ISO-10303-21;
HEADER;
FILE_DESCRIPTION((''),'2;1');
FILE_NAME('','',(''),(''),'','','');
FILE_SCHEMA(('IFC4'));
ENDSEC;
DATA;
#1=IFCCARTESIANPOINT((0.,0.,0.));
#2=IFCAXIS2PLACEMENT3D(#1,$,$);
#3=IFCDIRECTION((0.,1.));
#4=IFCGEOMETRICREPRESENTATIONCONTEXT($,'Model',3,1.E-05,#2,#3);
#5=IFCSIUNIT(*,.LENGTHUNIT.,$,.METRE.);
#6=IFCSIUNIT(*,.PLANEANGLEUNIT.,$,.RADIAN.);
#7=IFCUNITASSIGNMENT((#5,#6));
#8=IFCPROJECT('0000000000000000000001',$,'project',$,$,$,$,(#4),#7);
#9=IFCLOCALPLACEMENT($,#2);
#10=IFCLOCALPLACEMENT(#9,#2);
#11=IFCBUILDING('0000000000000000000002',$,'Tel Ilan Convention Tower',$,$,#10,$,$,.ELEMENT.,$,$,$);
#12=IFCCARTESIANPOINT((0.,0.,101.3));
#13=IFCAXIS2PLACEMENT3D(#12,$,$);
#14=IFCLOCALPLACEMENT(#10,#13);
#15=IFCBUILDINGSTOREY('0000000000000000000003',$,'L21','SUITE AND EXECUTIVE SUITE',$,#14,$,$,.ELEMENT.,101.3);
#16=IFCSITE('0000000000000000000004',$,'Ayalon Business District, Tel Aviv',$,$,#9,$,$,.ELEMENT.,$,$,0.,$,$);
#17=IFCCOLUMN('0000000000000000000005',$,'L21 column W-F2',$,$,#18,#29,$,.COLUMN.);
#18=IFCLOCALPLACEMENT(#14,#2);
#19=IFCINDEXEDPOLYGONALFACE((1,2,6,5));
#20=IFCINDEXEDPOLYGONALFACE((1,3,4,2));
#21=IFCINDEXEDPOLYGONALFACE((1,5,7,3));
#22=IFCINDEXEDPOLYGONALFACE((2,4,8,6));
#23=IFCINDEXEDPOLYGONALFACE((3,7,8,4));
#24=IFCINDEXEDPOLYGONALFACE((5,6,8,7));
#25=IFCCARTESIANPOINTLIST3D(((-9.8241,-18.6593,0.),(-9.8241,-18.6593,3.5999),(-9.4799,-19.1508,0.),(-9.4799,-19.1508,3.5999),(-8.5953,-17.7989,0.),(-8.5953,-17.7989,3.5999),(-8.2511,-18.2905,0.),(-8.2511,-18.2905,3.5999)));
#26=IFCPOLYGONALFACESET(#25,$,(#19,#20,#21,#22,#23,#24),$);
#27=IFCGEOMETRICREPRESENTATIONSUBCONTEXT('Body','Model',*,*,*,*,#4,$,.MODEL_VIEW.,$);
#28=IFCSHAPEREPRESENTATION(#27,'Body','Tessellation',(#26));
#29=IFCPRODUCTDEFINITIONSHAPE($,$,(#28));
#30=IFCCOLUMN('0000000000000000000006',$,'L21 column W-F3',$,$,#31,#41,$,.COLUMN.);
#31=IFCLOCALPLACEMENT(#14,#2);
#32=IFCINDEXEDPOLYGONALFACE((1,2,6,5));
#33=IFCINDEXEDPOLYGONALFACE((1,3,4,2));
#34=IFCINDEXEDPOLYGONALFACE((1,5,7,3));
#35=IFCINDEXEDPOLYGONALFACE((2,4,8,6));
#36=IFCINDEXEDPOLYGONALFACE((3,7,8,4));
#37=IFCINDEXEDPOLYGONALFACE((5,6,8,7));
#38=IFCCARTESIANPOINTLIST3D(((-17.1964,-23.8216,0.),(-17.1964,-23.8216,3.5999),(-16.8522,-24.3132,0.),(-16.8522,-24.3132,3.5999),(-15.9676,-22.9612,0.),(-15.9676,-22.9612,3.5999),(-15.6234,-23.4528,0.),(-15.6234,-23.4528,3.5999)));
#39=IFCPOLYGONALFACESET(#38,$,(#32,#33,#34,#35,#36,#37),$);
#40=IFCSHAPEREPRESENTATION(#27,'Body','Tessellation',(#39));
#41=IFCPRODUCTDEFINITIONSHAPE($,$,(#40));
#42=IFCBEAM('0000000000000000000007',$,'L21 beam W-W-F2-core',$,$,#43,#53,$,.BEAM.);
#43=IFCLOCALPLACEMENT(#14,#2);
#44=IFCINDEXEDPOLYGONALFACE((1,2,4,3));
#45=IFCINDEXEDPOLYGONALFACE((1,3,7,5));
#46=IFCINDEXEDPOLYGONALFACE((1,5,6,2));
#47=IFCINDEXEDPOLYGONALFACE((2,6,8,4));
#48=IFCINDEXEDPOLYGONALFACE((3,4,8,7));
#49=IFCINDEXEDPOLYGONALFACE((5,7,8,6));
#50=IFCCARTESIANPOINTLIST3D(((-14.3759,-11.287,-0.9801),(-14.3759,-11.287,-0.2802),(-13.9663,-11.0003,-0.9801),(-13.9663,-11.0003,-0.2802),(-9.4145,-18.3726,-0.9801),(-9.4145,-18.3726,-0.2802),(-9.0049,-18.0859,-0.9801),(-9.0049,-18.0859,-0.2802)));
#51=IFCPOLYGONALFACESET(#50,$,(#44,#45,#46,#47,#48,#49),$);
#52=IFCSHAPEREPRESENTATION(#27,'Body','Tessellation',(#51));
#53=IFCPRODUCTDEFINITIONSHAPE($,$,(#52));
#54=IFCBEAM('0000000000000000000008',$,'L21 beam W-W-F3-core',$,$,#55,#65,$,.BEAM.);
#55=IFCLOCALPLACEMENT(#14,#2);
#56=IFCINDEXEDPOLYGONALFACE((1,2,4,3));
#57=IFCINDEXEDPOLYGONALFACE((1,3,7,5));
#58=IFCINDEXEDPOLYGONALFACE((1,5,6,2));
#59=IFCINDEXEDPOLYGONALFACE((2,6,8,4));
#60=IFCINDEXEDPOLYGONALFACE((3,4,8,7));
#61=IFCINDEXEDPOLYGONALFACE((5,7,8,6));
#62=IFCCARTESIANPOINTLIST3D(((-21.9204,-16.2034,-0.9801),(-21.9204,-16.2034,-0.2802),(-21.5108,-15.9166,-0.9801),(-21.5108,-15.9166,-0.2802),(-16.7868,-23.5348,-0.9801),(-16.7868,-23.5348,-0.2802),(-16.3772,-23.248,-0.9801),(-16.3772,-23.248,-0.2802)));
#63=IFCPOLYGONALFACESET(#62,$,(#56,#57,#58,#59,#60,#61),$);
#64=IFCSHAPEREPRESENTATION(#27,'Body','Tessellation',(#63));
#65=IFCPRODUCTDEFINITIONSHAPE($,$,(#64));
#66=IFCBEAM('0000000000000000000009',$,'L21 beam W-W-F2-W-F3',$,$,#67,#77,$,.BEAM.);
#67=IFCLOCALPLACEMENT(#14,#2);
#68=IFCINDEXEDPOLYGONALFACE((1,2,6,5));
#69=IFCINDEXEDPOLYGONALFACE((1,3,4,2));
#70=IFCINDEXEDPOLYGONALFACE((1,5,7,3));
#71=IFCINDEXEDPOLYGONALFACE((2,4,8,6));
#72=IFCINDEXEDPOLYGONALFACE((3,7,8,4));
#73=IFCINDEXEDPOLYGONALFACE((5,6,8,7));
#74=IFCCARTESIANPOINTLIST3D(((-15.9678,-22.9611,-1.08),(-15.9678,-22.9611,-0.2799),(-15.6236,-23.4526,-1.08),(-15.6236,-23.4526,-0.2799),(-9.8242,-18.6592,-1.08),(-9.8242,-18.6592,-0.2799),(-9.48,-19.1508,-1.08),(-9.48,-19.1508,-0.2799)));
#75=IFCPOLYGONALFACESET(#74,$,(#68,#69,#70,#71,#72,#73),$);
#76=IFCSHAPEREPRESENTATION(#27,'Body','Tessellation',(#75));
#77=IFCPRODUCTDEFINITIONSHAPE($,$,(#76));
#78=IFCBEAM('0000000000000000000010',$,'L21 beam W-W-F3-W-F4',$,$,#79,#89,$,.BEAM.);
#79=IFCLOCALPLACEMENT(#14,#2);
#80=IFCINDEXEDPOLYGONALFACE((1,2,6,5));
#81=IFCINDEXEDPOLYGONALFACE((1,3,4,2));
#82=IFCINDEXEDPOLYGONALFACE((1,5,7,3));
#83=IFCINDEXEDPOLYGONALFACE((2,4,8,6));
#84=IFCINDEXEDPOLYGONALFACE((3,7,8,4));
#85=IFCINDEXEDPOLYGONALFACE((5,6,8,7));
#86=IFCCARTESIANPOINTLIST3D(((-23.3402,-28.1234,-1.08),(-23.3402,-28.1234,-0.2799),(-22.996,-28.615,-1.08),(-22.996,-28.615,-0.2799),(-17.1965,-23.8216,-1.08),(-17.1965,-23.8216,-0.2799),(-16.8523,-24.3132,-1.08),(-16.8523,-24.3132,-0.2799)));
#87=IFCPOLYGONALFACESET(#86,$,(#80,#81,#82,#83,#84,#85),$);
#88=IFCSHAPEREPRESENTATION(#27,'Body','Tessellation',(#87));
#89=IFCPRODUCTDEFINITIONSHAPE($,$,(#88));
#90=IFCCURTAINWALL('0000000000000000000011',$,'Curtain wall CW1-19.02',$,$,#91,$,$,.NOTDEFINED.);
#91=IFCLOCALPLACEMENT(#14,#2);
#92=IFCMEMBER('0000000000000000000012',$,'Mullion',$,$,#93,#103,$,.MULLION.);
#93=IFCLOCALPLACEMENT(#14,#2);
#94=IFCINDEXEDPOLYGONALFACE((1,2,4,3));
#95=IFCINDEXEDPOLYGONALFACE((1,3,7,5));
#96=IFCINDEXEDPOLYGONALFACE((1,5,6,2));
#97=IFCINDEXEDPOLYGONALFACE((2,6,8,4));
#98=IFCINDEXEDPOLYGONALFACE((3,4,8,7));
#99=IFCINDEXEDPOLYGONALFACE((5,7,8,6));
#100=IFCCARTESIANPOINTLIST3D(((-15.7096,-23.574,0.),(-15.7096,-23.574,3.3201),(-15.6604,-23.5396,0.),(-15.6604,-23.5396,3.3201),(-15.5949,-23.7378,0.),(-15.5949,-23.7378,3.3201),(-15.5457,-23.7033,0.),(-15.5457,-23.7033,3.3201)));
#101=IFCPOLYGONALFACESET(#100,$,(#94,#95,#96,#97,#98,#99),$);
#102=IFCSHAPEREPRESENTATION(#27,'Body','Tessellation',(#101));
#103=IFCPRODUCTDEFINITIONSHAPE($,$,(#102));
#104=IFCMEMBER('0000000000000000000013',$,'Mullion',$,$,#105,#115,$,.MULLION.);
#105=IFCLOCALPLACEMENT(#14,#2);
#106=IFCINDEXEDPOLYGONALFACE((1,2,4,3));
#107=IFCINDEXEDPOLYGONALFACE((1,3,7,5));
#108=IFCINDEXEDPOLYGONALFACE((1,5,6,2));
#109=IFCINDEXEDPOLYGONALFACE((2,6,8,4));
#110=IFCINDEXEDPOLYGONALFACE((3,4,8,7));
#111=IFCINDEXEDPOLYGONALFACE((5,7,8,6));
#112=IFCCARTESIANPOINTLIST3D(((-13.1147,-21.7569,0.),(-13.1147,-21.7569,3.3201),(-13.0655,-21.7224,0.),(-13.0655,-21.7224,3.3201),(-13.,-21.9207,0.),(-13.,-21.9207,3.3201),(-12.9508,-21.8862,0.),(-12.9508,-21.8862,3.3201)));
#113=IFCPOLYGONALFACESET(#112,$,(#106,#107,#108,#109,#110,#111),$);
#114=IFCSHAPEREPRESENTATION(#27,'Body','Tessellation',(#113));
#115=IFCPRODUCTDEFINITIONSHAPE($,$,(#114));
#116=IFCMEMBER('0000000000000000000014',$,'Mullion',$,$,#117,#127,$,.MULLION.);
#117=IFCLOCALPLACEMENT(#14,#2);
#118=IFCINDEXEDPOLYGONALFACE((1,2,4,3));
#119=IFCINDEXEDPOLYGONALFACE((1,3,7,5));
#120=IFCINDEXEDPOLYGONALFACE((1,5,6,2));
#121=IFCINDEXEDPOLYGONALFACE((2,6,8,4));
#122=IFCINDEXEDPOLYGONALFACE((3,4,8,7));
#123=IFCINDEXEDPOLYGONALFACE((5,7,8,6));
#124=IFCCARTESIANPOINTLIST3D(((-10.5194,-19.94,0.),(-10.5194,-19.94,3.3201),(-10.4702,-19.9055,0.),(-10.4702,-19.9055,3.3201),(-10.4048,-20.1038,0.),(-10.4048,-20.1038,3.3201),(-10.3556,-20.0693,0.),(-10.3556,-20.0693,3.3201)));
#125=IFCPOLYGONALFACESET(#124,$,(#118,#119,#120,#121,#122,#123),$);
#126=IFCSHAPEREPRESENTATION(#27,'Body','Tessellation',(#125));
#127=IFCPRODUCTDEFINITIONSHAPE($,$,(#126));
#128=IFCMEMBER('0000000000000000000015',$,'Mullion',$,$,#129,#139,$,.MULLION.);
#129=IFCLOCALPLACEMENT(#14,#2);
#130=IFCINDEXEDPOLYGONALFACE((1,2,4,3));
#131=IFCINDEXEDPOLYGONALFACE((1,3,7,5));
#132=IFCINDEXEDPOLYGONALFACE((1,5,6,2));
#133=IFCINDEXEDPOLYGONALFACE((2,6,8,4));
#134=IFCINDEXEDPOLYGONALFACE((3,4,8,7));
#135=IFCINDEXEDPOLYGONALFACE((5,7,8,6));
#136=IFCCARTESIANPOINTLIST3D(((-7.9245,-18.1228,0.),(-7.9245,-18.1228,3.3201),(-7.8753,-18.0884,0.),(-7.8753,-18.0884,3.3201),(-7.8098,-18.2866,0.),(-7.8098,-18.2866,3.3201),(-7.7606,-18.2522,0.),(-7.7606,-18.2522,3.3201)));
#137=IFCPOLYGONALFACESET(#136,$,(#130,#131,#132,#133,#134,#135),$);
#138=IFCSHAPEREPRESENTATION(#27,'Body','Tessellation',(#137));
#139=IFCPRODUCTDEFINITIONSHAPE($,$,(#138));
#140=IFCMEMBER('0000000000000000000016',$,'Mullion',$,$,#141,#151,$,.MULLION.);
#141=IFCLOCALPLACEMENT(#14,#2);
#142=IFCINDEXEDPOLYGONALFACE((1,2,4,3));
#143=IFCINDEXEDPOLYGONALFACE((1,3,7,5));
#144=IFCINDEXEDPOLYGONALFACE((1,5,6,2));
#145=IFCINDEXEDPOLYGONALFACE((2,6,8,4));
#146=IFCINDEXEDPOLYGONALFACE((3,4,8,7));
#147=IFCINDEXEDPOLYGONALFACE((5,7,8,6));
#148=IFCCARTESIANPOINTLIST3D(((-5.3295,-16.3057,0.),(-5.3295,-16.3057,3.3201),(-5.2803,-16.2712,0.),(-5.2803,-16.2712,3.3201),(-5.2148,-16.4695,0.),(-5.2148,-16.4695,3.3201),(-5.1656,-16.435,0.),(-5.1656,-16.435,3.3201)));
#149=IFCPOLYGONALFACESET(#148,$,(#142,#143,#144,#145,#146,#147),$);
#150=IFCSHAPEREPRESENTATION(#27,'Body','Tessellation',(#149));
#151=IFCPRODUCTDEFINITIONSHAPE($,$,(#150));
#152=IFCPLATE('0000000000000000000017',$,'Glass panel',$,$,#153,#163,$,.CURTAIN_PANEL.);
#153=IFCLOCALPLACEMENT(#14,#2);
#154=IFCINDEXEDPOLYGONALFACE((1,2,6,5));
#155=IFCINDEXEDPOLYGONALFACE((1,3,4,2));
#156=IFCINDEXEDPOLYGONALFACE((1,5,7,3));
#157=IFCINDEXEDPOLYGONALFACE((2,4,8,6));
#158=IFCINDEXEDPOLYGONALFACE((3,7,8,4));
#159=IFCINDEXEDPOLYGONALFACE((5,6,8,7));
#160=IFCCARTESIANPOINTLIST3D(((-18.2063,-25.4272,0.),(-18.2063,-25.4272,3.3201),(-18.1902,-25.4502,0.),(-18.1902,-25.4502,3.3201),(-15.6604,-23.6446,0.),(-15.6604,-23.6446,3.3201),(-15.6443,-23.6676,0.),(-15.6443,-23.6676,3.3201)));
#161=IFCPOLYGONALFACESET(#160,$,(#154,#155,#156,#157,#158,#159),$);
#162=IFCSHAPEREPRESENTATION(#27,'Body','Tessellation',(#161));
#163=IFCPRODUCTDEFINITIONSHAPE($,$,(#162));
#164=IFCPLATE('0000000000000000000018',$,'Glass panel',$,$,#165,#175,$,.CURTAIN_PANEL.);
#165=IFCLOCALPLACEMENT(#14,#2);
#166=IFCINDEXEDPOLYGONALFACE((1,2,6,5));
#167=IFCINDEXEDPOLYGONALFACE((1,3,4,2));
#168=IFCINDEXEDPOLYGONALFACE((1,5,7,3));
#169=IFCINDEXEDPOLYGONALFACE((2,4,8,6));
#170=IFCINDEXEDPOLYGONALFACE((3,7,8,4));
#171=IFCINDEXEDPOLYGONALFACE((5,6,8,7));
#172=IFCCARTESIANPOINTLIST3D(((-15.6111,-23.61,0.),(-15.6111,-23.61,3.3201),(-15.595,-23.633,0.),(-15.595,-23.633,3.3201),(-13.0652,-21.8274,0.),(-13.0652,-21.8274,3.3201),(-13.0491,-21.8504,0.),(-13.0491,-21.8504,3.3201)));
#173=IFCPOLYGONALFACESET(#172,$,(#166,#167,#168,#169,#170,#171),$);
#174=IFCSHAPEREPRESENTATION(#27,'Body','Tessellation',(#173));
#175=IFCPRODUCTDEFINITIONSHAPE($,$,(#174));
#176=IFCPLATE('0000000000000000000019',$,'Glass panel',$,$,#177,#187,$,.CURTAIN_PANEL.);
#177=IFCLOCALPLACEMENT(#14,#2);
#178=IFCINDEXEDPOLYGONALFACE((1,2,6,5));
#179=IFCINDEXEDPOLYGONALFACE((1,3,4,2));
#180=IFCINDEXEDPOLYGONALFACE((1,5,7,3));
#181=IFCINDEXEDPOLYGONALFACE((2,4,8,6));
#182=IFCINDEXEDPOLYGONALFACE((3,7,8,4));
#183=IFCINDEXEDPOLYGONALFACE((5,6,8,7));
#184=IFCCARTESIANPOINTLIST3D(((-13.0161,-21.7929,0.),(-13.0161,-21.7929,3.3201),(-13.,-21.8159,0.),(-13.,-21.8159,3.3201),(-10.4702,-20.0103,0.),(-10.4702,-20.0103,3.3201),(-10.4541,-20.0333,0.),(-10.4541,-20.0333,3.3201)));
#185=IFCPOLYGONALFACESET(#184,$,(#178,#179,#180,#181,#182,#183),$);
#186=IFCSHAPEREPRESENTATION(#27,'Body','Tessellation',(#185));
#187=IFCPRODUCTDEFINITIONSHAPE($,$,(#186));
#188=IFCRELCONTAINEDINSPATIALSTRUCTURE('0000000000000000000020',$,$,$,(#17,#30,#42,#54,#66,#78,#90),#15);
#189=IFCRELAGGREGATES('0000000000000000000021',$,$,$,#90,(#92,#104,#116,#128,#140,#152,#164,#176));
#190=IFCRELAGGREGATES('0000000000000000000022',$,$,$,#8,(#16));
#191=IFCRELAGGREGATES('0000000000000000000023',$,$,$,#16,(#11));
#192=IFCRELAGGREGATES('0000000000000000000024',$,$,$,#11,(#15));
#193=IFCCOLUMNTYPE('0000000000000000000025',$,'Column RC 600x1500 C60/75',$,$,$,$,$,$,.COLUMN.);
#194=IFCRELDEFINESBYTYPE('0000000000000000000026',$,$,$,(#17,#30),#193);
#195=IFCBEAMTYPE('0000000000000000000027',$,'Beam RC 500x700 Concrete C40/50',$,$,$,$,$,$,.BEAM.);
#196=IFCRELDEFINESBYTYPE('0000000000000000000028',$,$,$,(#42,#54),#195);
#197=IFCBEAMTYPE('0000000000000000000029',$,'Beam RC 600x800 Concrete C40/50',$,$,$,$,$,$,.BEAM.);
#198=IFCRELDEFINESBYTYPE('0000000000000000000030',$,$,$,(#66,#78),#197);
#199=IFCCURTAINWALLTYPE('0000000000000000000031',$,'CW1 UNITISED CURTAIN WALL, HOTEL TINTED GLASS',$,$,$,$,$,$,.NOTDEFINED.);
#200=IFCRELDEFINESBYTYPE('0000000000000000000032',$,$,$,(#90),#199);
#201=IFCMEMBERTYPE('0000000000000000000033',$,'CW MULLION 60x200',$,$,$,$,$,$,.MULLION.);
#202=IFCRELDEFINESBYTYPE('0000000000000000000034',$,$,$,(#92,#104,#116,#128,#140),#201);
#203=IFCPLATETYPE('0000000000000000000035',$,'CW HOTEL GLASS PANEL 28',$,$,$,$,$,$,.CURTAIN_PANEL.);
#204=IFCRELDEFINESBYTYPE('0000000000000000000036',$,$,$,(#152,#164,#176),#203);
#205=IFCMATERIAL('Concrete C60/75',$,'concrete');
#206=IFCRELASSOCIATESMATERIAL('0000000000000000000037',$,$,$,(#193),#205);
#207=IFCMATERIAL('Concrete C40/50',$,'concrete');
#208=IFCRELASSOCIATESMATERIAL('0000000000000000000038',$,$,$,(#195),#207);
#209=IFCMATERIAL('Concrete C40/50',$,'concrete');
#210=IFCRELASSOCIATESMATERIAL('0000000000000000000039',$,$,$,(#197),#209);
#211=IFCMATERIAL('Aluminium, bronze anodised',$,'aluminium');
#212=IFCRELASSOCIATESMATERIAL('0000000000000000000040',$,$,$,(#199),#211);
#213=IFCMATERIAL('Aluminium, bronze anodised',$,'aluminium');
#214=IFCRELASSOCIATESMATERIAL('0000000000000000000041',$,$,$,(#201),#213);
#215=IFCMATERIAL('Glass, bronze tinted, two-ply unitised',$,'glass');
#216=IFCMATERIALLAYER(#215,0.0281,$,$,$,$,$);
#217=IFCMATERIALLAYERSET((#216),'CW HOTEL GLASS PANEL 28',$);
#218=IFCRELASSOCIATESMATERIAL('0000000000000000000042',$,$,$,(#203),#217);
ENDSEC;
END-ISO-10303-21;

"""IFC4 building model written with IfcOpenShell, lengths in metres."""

from ifc_helpers import new_model, si_unit, direction, frame, origin, origin_2d, place, context, subcontext, project, spatial, rectangle, extrude, material, layer, layer_set, material_profile, profile_set, type_object, element, aggregate, save


model = new_model("IFC4")

# Units and contexts
model_context = context("Model", 3, precision=1e-05, world=origin(), true_north=direction((0.0, 1.0)))
body_context = subcontext(model_context, "Body", "Model", "MODEL_VIEW")
ifc_project = project(units=[si_unit("LENGTHUNIT", "METRE"), si_unit("PLANEANGLEUNIT", "RADIAN")], contexts=[model_context])

# Site, building, storey
site_placement = place(None, origin())
site = spatial("IfcSite", under=ifc_project, at=site_placement, Name="Ayalon Business District, Tel Aviv", CompositionType="ELEMENT", RefElevation=0.0)
building_placement = place(site_placement, origin())
building = spatial("IfcBuilding", under=site, at=building_placement, Name="Tel Ilan Convention Tower", CompositionType="ELEMENT")
storey_placement = place(building_placement, frame((0.0, 0.0, 101.3)))
storey = spatial("IfcBuildingStorey", under=building, at=storey_placement, Name="L21", Description="SUITE AND EXECUTIVE SUITE", CompositionType="ELEMENT", Elevation=101.3)

# Columns
ifc_material_1 = material(Name="Concrete C60/75", Category="concrete")
ifc_material_profile_1 = material_profile(ifc_material_1, rectangle(XDim=1.5, YDim=0.6001, at=origin_2d()), Name="RC 600x1500")
ifc_profile_set_1 = profile_set([ifc_material_profile_1], Name="Concrete C60/75")
column_type = type_object("IfcColumnType", Name="Column RC 600x1500 C60/75", PredefinedType="COLUMN", material=ifc_profile_set_1)
for number, where, z_axis, x_axis, name in (
    (1, (-9.0376, -18.4749, 0.0), (0.0, 0.0, 1.0), (-0.819152, -0.573576, 0.0), "L21 column W-F2"),
    (2, (-16.4099, -23.6372, 0.0), (0.0, 0.0, 1.0), (-0.819152, -0.573576, 0.0), "L21 column W-F3"),
):
    element("IfcColumn", number, at=place(storey_placement, frame(where, z_axis=z_axis, x_axis=x_axis)), inside=storey, type_object=column_type, Name=name, PredefinedType="COLUMN", context=body_context, shape_type="SweptSolid", body=[
        extrude(rectangle(XDim=1.5, YDim=0.6001, at=origin_2d()), origin(), (0.0, 0.0, 1.0), 3.5999),
    ])

# Beams
ifc_material_2 = material(Name="Concrete C40/50", Category="concrete")
ifc_material_profile_2 = material_profile(ifc_material_2, rectangle(XDim=0.5, YDim=0.7, at=origin_2d()), Name="RC 500x700")
ifc_profile_set_2 = profile_set([ifc_material_profile_2], Name="Concrete C40/50")
beam_type_1 = type_object("IfcBeamType", Name="Beam RC 500x700 Concrete C40/50", PredefinedType="BEAM", material=ifc_profile_set_2)
beam_1_placement = place(storey_placement, frame((-9.2097, -18.2292, -0.6301), z_axis=(-0.573574, 0.819154, 0.0), x_axis=(-0.819154, -0.573574, 0.0)))
element("IfcBeam", 3, at=beam_1_placement, inside=storey, type_object=beam_type_1, Name="L21 beam W-W-F2-core", PredefinedType="BEAM", context=body_context, shape_type="SweptSolid", body=[
    extrude(rectangle(XDim=0.5, YDim=0.7, at=origin_2d()), origin(), (0.0, 0.0, 1.0), 8.6499),
])
beam_2_placement = place(storey_placement, frame((-16.582, -23.3914, -0.6301), z_axis=(-0.573585, 0.819146, 0.0), x_axis=(-0.819146, -0.573585, 0.0)))
element("IfcBeam", 4, at=beam_2_placement, inside=storey, type_object=beam_type_1, Name="L21 beam W-W-F3-core", PredefinedType="BEAM", context=body_context, shape_type="SweptSolid", body=[
    extrude(rectangle(XDim=0.5, YDim=0.7, at=origin_2d()), origin(), (0.0, 0.0, 1.0), 8.95),
])
ifc_material_3 = material(Name="Concrete C40/50", Category="concrete")
ifc_material_profile_3 = material_profile(ifc_material_3, rectangle(XDim=0.6001, YDim=0.8, at=origin_2d()), Name="RC 600x800")
ifc_profile_set_3 = profile_set([ifc_material_profile_3], Name="Concrete C40/50")
beam_type_2 = type_object("IfcBeamType", Name="Beam RC 600x800 Concrete C40/50", PredefinedType="BEAM", material=ifc_profile_set_3)
for number, where, z_axis, x_axis, name in (
    (5, (-9.6521, -18.905, -0.6799), (-0.819152, -0.573576, 0.0), (0.573576, -0.819152, 0.0), "L21 beam W-W-F2-W-F3"),
    (6, (-17.0244, -24.0674, -0.6799), (-0.819152, -0.573576, 0.0), (0.573576, -0.819152, 0.0), "L21 beam W-W-F3-W-F4"),
):
    element("IfcBeam", number, at=place(storey_placement, frame(where, z_axis=z_axis, x_axis=x_axis)), inside=storey, type_object=beam_type_2, Name=name, PredefinedType="BEAM", context=body_context, shape_type="SweptSolid", body=[
        extrude(rectangle(XDim=0.6001, YDim=0.8, at=origin_2d()), origin(), (0.0, 0.0, 1.0), 7.5),
    ])

# Curtain wall, members, plates
ifc_material_4 = material(Name="Aluminium, bronze anodised", Category="aluminium")
curtain_wall_type = type_object("IfcCurtainWallType", Name="CW1 UNITISED CURTAIN WALL, HOTEL TINTED GLASS", PredefinedType="NOTDEFINED", material=ifc_material_4)
curtain_wall_placement = place(storey_placement, origin())
curtain_wall = element("IfcCurtainWall", 7, at=curtain_wall_placement, inside=storey, type_object=curtain_wall_type, Name="Curtain wall CW1-19.02", PredefinedType="NOTDEFINED")
ifc_material_5 = material(Name="Aluminium, bronze anodised", Category="aluminium")
ifc_material_profile_4 = material_profile(ifc_material_5, rectangle(XDim=0.0601, YDim=0.2, at=origin_2d()), Name="CW MULLION 60x200")
ifc_profile_set_4 = profile_set([ifc_material_profile_4], Name="Aluminium, bronze anodised")
member_type = type_object("IfcMemberType", Name="CW MULLION 60x200", PredefinedType="MULLION", material=ifc_profile_set_4)
member_1_placement = place(storey_placement, frame((-15.6277, -23.6387, 0.0), z_axis=(0.0, 0.0, 1.0), x_axis=(0.819152, 0.573576, 0.0)))
member_1 = element("IfcMember", 8, at=member_1_placement, type_object=member_type, Name="Mullion", PredefinedType="MULLION", context=body_context, shape_type="SweptSolid", body=[
    extrude(rectangle(XDim=0.0601, YDim=0.2, at=origin_2d()), origin(), (0.0, 0.0, 1.0), 3.3201),
])
member_2_placement = place(storey_placement, frame((-13.0327, -21.8215, 0.0), z_axis=(0.0, 0.0, 1.0), x_axis=(0.819152, 0.573576, 0.0)))
member_2 = element("IfcMember", 9, at=member_2_placement, type_object=member_type, Name="Mullion", PredefinedType="MULLION", context=body_context, shape_type="SweptSolid", body=[
    extrude(rectangle(XDim=0.0601, YDim=0.2, at=origin_2d()), origin(), (0.0, 0.0, 1.0), 3.3201),
])
member_3_placement = place(storey_placement, frame((-10.4375, -20.0046, 0.0), z_axis=(0.0, 0.0, 1.0), x_axis=(0.819152, 0.573576, 0.0)))
member_3 = element("IfcMember", 10, at=member_3_placement, type_object=member_type, Name="Mullion", PredefinedType="MULLION", context=body_context, shape_type="SweptSolid", body=[
    extrude(rectangle(XDim=0.0601, YDim=0.2, at=origin_2d()), origin(), (0.0, 0.0, 1.0), 3.3201),
])
member_4_placement = place(storey_placement, frame((-7.8425, -18.1875, 0.0), z_axis=(0.0, 0.0, 1.0), x_axis=(0.819152, 0.573576, 0.0)))
member_4 = element("IfcMember", 11, at=member_4_placement, type_object=member_type, Name="Mullion", PredefinedType="MULLION", context=body_context, shape_type="SweptSolid", body=[
    extrude(rectangle(XDim=0.0601, YDim=0.2, at=origin_2d()), origin(), (0.0, 0.0, 1.0), 3.3201),
])
member_5_placement = place(storey_placement, frame((-5.2476, -16.3704, 0.0), z_axis=(0.0, 0.0, 1.0), x_axis=(0.819152, 0.573576, 0.0)))
member_5 = element("IfcMember", 12, at=member_5_placement, type_object=member_type, Name="Mullion", PredefinedType="MULLION", context=body_context, shape_type="SweptSolid", body=[
    extrude(rectangle(XDim=0.0601, YDim=0.2, at=origin_2d()), origin(), (0.0, 0.0, 1.0), 3.3201),
])
ifc_material_6 = material(Name="Glass, bronze tinted, two-ply unitised", Category="glass")
ifc_layer_1 = layer(ifc_material_6, 0.0281)
ifc_layer_set_1 = layer_set([ifc_layer_1], Name="CW HOTEL GLASS PANEL 28")
plate_type = type_object("IfcPlateType", Name="CW HOTEL GLASS PANEL 28", PredefinedType="CURTAIN_PANEL", material=ifc_layer_set_1)
plate_1_placement = place(storey_placement, frame((-16.9253, -24.5474, 0.0), z_axis=(0.0, 0.0, 1.0), x_axis=(0.819152, 0.573576, 0.0)))
plate_1 = element("IfcPlate", 13, at=plate_1_placement, type_object=plate_type, Name="Glass panel", PredefinedType="CURTAIN_PANEL", context=body_context, shape_type="SweptSolid", body=[
    extrude(rectangle(XDim=3.1079, YDim=0.0281, at=origin_2d()), origin(), (0.0, 0.0, 1.0), 3.3201),
])
plate_2_placement = place(storey_placement, frame((-14.3301, -22.7302, 0.0), z_axis=(0.0, 0.0, 1.0), x_axis=(0.819152, 0.573576, 0.0)))
plate_2 = element("IfcPlate", 14, at=plate_2_placement, type_object=plate_type, Name="Glass panel", PredefinedType="CURTAIN_PANEL", context=body_context, shape_type="SweptSolid", body=[
    extrude(rectangle(XDim=3.1079, YDim=0.0281, at=origin_2d()), origin(), (0.0, 0.0, 1.0), 3.3201),
])
plate_3_placement = place(storey_placement, frame((-11.7351, -20.9131, 0.0), z_axis=(0.0, 0.0, 1.0), x_axis=(0.819152, 0.573576, 0.0)))
plate_3 = element("IfcPlate", 15, at=plate_3_placement, type_object=plate_type, Name="Glass panel", PredefinedType="CURTAIN_PANEL", context=body_context, shape_type="SweptSolid", body=[
    extrude(rectangle(XDim=3.1079, YDim=0.0281, at=origin_2d()), origin(), (0.0, 0.0, 1.0), 3.3201),
])
aggregate(curtain_wall, [member_1, member_2, member_3, member_4, member_5, plate_1, plate_2, plate_3])

save(model, "model.ifc")
